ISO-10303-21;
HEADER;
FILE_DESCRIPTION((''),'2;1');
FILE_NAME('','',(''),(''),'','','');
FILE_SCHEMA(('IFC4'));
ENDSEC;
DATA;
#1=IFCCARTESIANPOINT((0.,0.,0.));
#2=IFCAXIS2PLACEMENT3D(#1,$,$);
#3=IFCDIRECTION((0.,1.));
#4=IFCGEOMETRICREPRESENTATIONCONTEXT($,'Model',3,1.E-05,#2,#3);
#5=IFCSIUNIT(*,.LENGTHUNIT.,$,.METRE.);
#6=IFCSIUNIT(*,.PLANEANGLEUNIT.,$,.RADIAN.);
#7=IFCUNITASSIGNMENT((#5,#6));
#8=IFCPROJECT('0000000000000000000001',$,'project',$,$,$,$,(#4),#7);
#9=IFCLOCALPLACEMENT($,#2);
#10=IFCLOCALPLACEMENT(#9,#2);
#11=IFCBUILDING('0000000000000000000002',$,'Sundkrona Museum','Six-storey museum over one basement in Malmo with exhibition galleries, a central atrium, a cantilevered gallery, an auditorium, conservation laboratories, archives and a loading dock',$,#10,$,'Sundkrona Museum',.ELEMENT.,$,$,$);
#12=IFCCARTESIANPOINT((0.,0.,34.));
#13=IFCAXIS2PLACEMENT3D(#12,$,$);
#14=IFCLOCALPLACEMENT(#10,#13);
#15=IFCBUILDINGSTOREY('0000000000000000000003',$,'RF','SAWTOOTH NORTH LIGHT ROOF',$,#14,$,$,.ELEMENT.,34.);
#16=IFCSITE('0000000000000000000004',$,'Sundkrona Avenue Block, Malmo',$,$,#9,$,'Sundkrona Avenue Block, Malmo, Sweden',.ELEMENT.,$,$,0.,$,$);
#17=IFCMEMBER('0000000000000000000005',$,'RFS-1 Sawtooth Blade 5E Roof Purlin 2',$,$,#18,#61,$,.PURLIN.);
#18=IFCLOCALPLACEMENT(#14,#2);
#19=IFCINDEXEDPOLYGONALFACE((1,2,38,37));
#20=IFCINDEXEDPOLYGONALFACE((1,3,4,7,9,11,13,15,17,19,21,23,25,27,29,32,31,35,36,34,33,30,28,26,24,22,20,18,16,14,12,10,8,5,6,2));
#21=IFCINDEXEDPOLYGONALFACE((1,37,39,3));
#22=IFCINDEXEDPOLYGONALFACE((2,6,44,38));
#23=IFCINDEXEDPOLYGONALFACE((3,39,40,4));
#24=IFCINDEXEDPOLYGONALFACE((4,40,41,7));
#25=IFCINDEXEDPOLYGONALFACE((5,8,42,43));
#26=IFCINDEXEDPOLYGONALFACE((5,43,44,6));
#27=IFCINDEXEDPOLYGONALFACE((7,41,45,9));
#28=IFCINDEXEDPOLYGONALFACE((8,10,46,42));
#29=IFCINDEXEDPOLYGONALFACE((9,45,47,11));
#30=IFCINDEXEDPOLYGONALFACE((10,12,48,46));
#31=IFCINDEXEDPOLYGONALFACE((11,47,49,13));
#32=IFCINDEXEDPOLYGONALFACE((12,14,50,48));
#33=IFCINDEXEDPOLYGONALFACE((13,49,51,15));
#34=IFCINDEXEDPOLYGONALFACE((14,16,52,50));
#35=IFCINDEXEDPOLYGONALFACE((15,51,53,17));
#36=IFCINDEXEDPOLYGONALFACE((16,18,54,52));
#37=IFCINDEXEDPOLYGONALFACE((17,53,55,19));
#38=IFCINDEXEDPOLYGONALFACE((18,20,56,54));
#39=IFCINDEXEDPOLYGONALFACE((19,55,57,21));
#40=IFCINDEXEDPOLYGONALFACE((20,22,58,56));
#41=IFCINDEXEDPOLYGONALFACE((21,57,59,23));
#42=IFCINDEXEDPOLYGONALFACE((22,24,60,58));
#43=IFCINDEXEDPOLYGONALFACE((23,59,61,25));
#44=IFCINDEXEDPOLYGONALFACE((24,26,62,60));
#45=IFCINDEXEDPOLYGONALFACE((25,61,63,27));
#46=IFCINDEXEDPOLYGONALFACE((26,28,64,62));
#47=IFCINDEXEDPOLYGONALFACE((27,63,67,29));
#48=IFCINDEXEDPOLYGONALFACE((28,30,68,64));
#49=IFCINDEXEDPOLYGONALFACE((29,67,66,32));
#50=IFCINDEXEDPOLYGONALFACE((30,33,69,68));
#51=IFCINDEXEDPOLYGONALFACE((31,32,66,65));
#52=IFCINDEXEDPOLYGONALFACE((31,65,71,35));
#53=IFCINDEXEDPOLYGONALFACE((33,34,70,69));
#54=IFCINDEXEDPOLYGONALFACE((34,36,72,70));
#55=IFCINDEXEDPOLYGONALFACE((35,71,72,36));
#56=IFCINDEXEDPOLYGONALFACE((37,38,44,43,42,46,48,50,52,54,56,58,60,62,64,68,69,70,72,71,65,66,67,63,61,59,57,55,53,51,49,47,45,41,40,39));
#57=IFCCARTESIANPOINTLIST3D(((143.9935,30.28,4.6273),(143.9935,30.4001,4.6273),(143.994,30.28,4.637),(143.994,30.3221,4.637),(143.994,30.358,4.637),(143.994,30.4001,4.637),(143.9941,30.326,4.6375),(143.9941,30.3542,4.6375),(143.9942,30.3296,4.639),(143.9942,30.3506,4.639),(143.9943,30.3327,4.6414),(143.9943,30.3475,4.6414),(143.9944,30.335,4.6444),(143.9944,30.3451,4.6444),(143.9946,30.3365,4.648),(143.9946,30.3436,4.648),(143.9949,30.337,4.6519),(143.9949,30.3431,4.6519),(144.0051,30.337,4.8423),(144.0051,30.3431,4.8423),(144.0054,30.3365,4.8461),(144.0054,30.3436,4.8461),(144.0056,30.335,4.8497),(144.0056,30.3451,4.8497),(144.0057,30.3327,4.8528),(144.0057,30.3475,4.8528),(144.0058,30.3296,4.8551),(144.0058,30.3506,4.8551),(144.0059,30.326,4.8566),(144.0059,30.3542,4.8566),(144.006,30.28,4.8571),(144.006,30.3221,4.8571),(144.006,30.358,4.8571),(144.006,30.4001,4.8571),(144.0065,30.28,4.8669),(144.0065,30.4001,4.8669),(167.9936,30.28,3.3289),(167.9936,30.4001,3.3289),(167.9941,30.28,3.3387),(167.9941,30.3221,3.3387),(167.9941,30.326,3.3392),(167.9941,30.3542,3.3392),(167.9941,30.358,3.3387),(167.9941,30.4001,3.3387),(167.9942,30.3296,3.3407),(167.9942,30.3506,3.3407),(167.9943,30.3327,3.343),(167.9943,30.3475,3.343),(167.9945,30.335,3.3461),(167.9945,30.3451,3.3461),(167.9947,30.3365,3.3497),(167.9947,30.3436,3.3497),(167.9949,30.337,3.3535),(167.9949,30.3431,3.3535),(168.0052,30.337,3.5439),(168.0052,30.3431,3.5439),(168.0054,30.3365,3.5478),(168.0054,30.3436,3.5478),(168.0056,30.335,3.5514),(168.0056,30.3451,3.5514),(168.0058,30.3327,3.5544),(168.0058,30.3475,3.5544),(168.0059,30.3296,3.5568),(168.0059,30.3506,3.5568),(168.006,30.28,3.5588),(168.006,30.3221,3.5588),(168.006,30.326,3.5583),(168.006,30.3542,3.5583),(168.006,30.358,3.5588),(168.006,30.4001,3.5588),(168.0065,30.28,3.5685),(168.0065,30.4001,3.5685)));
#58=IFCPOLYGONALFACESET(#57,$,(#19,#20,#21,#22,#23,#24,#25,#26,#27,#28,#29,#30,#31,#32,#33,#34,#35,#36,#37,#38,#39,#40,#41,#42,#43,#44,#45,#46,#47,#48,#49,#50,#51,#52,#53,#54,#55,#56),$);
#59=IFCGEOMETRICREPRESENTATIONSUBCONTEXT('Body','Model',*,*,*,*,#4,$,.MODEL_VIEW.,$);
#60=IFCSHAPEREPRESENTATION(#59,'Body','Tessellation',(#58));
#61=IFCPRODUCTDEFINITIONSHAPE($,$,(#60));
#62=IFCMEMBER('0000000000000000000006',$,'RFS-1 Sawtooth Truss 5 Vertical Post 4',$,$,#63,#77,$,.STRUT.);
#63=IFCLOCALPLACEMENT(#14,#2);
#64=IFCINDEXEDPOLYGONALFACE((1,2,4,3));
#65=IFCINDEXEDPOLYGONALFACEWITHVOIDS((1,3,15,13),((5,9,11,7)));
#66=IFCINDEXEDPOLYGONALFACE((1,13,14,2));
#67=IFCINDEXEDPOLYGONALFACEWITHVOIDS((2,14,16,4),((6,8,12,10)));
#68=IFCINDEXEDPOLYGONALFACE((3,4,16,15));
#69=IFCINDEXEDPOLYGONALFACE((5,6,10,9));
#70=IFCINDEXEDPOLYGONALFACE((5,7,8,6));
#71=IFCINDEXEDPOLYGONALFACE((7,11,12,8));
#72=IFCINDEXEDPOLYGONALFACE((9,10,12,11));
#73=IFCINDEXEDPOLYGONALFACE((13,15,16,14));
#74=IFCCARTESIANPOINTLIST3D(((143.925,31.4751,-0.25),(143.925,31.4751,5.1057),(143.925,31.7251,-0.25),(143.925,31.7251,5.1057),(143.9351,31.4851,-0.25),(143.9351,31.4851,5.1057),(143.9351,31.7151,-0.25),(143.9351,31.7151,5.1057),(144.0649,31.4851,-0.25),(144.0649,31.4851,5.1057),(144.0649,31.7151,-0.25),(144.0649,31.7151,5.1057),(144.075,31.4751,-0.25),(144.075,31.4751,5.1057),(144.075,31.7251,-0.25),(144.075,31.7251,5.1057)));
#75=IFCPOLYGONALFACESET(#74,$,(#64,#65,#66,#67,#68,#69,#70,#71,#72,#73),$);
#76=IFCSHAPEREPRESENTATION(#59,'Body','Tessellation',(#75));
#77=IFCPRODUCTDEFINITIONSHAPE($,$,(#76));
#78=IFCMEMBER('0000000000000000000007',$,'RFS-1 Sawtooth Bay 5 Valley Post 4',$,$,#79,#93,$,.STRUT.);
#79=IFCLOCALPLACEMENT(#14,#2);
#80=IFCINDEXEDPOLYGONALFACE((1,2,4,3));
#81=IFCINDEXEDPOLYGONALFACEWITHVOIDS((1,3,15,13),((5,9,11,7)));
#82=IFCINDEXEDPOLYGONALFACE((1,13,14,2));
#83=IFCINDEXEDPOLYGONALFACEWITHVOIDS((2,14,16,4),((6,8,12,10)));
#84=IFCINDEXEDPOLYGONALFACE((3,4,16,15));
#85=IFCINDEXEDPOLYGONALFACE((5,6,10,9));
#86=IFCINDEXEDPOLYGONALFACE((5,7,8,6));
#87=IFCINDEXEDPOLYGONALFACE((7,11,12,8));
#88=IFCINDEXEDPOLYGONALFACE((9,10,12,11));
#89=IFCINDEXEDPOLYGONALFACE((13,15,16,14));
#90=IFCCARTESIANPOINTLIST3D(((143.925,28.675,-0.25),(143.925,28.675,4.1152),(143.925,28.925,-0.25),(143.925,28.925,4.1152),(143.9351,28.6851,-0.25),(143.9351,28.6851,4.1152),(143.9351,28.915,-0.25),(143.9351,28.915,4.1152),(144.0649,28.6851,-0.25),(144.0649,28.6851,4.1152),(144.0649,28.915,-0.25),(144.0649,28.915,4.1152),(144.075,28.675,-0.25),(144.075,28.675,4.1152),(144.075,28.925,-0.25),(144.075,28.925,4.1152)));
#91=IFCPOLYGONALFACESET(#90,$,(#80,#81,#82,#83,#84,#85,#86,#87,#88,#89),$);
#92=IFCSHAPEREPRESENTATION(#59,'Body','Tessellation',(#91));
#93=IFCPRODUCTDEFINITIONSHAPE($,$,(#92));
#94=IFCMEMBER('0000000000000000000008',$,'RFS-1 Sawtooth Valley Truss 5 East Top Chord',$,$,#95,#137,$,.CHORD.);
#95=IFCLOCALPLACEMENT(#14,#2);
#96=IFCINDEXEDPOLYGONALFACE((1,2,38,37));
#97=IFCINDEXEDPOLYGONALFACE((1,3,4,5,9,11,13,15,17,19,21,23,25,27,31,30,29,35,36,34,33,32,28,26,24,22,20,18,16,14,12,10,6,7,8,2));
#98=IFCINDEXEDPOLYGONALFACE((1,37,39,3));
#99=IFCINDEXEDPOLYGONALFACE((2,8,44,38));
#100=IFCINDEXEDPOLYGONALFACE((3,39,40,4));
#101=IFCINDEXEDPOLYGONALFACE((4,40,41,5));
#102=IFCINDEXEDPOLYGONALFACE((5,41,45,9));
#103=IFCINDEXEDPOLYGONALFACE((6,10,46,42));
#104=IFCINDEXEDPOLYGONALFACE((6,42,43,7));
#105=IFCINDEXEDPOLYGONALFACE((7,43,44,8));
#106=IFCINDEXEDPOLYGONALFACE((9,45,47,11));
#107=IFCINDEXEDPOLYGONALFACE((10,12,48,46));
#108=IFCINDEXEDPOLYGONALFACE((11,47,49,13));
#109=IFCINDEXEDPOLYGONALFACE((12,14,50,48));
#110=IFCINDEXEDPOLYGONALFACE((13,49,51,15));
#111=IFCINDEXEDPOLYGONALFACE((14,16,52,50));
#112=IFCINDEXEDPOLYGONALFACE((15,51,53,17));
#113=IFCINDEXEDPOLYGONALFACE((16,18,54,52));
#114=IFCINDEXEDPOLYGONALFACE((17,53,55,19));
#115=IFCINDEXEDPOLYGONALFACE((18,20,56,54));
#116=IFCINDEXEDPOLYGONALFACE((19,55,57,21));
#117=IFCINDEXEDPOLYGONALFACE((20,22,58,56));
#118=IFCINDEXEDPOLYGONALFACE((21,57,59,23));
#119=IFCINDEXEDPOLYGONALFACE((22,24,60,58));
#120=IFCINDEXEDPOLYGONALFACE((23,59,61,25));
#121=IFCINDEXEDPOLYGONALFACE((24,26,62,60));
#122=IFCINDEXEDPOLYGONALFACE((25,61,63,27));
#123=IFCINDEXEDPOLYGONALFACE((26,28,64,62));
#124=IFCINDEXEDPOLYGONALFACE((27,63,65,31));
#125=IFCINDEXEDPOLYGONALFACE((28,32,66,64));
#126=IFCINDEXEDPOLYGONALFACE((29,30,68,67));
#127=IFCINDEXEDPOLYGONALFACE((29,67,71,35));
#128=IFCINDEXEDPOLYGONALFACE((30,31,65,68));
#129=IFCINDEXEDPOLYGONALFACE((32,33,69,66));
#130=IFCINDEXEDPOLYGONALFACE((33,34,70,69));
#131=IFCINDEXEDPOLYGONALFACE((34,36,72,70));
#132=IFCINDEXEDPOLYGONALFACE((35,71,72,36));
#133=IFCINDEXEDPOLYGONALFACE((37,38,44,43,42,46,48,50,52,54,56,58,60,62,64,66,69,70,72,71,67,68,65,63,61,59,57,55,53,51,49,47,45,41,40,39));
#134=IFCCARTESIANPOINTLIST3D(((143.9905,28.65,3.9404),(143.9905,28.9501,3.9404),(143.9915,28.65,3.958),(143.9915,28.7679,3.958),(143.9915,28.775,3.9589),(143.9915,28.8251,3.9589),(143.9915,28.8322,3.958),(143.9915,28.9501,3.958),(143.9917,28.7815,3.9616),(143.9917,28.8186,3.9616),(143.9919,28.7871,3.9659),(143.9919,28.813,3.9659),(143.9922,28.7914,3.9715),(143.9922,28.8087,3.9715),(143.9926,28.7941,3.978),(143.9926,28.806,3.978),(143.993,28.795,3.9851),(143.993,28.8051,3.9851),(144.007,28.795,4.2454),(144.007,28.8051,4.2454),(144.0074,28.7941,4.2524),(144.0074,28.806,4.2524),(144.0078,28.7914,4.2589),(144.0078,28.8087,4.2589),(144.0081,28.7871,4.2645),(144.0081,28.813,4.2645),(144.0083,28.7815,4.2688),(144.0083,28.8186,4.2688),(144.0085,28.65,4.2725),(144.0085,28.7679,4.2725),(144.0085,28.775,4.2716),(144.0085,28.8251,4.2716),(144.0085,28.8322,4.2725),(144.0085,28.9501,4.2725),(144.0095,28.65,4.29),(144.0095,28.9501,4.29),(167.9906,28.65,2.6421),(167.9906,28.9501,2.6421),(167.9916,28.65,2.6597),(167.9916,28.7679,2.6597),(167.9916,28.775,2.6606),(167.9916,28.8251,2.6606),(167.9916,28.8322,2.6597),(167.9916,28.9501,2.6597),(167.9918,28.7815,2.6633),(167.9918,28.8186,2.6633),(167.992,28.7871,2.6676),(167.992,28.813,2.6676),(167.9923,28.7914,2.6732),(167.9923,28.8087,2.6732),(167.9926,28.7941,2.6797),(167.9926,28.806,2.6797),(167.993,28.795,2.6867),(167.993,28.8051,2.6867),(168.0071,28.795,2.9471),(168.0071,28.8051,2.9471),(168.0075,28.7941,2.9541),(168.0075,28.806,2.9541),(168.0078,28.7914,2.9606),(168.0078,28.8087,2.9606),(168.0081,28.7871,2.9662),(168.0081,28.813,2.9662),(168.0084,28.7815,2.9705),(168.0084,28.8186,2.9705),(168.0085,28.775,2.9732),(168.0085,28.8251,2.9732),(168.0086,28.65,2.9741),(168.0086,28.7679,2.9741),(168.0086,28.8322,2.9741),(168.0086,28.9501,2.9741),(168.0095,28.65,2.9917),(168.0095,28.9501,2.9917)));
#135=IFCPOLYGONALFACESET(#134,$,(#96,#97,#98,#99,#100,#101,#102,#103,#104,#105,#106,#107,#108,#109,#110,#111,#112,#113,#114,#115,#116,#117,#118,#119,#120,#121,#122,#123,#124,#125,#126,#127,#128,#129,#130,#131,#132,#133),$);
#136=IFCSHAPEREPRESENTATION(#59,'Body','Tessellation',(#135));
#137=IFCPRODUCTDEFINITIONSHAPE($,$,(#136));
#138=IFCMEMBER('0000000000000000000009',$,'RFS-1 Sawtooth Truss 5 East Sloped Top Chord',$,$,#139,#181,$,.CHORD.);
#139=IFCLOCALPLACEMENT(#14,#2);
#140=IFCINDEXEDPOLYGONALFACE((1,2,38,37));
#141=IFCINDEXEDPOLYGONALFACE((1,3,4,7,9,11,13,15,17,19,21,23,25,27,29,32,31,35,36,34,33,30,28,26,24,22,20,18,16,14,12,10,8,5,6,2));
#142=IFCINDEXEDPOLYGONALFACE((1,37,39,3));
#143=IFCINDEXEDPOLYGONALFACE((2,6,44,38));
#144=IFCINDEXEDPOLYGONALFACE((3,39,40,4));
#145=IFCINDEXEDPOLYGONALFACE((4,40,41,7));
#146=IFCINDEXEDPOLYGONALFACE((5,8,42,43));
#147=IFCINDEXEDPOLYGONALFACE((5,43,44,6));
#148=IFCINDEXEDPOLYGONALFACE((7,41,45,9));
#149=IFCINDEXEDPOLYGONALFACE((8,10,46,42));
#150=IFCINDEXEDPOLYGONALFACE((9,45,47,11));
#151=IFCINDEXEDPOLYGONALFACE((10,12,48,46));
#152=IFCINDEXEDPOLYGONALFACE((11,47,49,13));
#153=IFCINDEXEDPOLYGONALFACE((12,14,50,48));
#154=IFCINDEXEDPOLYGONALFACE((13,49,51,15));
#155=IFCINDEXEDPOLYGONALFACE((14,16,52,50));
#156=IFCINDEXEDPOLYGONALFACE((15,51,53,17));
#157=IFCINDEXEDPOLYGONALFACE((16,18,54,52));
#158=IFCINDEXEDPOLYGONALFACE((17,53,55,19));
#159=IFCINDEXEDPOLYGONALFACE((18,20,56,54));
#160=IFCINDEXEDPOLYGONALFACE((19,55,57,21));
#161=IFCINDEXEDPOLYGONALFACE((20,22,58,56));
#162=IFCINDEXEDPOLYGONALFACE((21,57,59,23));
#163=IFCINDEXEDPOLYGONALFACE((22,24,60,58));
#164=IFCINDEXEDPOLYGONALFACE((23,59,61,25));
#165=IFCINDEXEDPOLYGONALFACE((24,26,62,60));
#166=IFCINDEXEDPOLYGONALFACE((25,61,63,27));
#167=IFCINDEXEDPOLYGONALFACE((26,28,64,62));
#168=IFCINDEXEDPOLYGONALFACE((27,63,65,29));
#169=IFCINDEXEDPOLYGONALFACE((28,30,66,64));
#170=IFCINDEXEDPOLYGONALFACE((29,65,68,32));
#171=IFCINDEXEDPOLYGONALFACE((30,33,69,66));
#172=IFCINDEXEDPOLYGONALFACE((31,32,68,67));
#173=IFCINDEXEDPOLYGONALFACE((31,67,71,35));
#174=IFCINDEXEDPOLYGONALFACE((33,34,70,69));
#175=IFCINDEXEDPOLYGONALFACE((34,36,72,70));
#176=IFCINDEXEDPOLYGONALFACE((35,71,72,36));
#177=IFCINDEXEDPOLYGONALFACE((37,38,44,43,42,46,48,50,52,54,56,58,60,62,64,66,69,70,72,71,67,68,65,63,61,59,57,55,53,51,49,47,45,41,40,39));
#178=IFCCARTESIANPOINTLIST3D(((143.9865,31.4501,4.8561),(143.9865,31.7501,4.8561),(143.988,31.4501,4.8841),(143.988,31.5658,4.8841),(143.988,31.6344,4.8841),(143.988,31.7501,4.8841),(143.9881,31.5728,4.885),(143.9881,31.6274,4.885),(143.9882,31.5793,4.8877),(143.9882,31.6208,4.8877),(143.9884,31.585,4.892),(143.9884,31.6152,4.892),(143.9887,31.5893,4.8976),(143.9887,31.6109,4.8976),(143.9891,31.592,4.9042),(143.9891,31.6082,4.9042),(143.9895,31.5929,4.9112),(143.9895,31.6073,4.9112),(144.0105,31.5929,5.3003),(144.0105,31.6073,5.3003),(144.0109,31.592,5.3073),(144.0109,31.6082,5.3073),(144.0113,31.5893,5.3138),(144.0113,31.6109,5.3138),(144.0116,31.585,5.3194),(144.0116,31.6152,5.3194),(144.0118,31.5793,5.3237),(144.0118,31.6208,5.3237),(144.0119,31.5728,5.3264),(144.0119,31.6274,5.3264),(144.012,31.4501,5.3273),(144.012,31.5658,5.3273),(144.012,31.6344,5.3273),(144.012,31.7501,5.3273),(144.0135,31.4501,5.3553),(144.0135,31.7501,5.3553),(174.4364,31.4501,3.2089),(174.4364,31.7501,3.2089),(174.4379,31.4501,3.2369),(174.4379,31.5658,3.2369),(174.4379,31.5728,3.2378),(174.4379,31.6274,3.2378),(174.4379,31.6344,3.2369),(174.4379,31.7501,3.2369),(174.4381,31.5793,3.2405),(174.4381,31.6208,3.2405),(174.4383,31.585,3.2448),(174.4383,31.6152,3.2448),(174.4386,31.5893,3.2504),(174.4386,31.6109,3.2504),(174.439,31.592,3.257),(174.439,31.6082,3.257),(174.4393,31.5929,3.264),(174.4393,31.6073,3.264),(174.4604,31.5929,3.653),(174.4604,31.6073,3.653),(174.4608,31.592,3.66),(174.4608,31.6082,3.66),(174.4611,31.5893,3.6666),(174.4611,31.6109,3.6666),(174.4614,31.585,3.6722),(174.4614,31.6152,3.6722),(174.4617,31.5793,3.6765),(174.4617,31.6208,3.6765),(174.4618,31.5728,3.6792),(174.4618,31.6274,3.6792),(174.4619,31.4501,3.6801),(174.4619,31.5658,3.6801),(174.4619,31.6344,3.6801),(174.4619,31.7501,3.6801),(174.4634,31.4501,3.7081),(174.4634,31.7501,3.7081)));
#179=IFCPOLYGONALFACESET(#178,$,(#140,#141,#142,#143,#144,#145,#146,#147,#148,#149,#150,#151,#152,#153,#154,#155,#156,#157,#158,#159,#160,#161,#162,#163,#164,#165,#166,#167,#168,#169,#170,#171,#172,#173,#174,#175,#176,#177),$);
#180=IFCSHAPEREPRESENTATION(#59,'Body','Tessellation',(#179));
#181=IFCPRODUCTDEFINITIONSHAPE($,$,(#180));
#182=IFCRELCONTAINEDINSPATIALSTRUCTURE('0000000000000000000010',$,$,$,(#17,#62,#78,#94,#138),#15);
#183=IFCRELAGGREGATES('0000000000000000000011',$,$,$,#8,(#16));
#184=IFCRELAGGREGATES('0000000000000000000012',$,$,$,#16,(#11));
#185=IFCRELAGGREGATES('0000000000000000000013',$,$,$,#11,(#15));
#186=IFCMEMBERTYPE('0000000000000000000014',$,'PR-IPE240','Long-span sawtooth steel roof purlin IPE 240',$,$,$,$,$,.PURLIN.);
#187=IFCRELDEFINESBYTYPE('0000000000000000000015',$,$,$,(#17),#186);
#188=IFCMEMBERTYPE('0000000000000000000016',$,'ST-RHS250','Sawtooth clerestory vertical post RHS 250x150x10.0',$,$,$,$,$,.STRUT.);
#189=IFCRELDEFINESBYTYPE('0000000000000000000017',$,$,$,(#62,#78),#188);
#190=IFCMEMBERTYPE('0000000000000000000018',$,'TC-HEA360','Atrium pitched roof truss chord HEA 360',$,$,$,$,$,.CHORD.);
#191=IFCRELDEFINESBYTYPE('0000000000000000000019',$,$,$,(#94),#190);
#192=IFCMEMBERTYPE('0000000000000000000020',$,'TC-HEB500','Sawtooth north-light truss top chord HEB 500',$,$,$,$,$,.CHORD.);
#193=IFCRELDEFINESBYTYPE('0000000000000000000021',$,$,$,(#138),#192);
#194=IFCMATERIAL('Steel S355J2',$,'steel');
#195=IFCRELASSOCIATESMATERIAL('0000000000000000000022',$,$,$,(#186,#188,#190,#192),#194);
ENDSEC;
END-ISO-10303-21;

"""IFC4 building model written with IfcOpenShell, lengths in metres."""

from ifc_helpers import new_model, si_unit, direction, frame, origin, origin_2d, place, context, subcontext, project, spatial, hollow_rectangle, i_section, extrude, material, material_profile, profile_set, type_object, element, save


model = new_model("IFC4")

# Units and contexts
model_context = context("Model", 3, precision=1e-05, world=origin(), true_north=direction((0.0, 1.0)))
body_context = subcontext(model_context, "Body", "Model", "MODEL_VIEW")
ifc_project = project(units=[si_unit("LENGTHUNIT", "METRE"), si_unit("PLANEANGLEUNIT", "RADIAN")], contexts=[model_context])

# Site, building, storey
site_placement = place(None, origin())
site = spatial("IfcSite", under=ifc_project, at=site_placement, Name="Sundkrona Avenue Block, Malmo", LongName="Sundkrona Avenue Block, Malmo, Sweden", CompositionType="ELEMENT", RefElevation=0.0)
building_placement = place(site_placement, origin())
building = spatial("IfcBuilding", under=site, at=building_placement, Name="Sundkrona Museum", Description="Six-storey museum over one basement in Malmo with exhibition galleries, a central atrium, a cantilevered gallery, an auditorium, conservation laboratories, archives and a loading dock", LongName="Sundkrona Museum", CompositionType="ELEMENT")
storey_placement = place(building_placement, frame((0.0, 0.0, 34.0)))
storey = spatial("IfcBuildingStorey", under=building, at=storey_placement, Name="RF", Description="SAWTOOTH NORTH LIGHT ROOF", CompositionType="ELEMENT", Elevation=34.0)

# Members
ifc_material_1 = material(Name="Steel S355J2", Category="steel")
ifc_material_profile_1 = material_profile(ifc_material_1, i_section(OverallWidth=0.1201, OverallDepth=0.24, WebThickness=0.0061, FlangeThickness=0.0098, FilletRadius=0.0149, at=origin_2d()), Name="IPE 240")
ifc_profile_set_1 = profile_set([ifc_material_profile_1], Name="Steel S355J2")
member_type_1 = type_object("IfcMemberType", Name="PR-IPE240", Description="Long-span sawtooth steel roof purlin IPE 240", PredefinedType="PURLIN", material=ifc_profile_set_1)
member_1_placement = place(storey_placement, frame((144.0, 30.3401, 4.7471), z_axis=(0.99854, 0.0, -0.054019), x_axis=(0.0, 1.0, 0.0)))
element("IfcMember", 1, at=member_1_placement, inside=storey, type_object=member_type_1, Name="RFS-1 Sawtooth Blade 5E Roof Purlin 2", PredefinedType="PURLIN", context=body_context, shape_type="SweptSolid", body=[
    extrude(i_section(OverallWidth=0.1201, OverallDepth=0.24, WebThickness=0.0061, FlangeThickness=0.0098, FilletRadius=0.0149, at=origin_2d()), origin(), (0.0, 0.0, 1.0), 24.0352),
])
ifc_material_profile_2 = material_profile(ifc_material_1, hollow_rectangle(XDim=0.1499, YDim=0.25, WallThickness=0.01, at=origin_2d()), Name="RHS 250x150x10.0")
ifc_profile_set_2 = profile_set([ifc_material_profile_2], Name="Steel S355J2")
member_type_2 = type_object("IfcMemberType", Name="ST-RHS250", Description="Sawtooth clerestory vertical post RHS 250x150x10.0", PredefinedType="STRUT", material=ifc_profile_set_2)
member_2_placement = place(storey_placement, frame((144.0, 31.6001, -0.25), z_axis=(0.0, 0.0, 1.0), x_axis=(1.0, 0.0, 0.0)))
element("IfcMember", 2, at=member_2_placement, inside=storey, type_object=member_type_2, Name="RFS-1 Sawtooth Truss 5 Vertical Post 4", PredefinedType="STRUT", context=body_context, shape_type="SweptSolid", body=[
    extrude(hollow_rectangle(XDim=0.1499, YDim=0.25, WallThickness=0.01, at=origin_2d()), origin(), (0.0, 0.0, 1.0), 5.3557),
])
member_3_placement = place(storey_placement, frame((144.0, 28.8, -0.25), z_axis=(0.0, 0.0, 1.0), x_axis=(1.0, 0.0, 0.0)))
element("IfcMember", 3, at=member_3_placement, inside=storey, type_object=member_type_2, Name="RFS-1 Sawtooth Bay 5 Valley Post 4", PredefinedType="STRUT", context=body_context, shape_type="SweptSolid", body=[
    extrude(hollow_rectangle(XDim=0.1499, YDim=0.25, WallThickness=0.01, at=origin_2d()), origin(), (0.0, 0.0, 1.0), 4.3652),
])
ifc_material_profile_3 = material_profile(ifc_material_1, i_section(OverallWidth=0.3, OverallDepth=0.3501, WebThickness=0.01, FlangeThickness=0.0176, FilletRadius=0.0271, at=origin_2d()), Name="HEA 360")
ifc_profile_set_3 = profile_set([ifc_material_profile_3], Name="Steel S355J2")
member_type_3 = type_object("IfcMemberType", Name="TC-HEA360", Description="Atrium pitched roof truss chord HEA 360", PredefinedType="CHORD", material=ifc_profile_set_3)
member_4_placement = place(storey_placement, frame((144.0, 28.8, 4.1152), z_axis=(0.99854, 0.0, -0.054019), x_axis=(0.0, 1.0, 0.0)))
element("IfcMember", 4, at=member_4_placement, inside=storey, type_object=member_type_3, Name="RFS-1 Sawtooth Valley Truss 5 East Top Chord", PredefinedType="CHORD", context=body_context, shape_type="SweptSolid", body=[
    extrude(i_section(OverallWidth=0.3, OverallDepth=0.3501, WebThickness=0.01, FlangeThickness=0.0176, FilletRadius=0.0271, at=origin_2d()), origin(), (0.0, 0.0, 1.0), 24.0352),
])
ifc_material_profile_4 = material_profile(ifc_material_1, i_section(OverallWidth=0.3, OverallDepth=0.5, WebThickness=0.0144, FlangeThickness=0.0281, FilletRadius=0.0271, at=origin_2d()), Name="HEB 500")
ifc_profile_set_4 = profile_set([ifc_material_profile_4], Name="Steel S355J2")
member_type_4 = type_object("IfcMemberType", Name="TC-HEB500", Description="Sawtooth north-light truss top chord HEB 500", PredefinedType="CHORD", material=ifc_profile_set_4)
member_5_placement = place(storey_placement, frame((144.0, 31.6001, 5.1057), z_axis=(0.99854, 0.0, -0.054017), x_axis=(0.0, 1.0, 0.0)))
element("IfcMember", 5, at=member_5_placement, inside=storey, type_object=member_type_4, Name="RFS-1 Sawtooth Truss 5 East Sloped Top Chord", PredefinedType="CHORD", context=body_context, shape_type="SweptSolid", body=[
    extrude(i_section(OverallWidth=0.3, OverallDepth=0.5, WebThickness=0.0144, FlangeThickness=0.0281, FilletRadius=0.0271, at=origin_2d()), origin(), (0.0, 0.0, 1.0), 30.4944),
])

save(model, "model.ifc")
